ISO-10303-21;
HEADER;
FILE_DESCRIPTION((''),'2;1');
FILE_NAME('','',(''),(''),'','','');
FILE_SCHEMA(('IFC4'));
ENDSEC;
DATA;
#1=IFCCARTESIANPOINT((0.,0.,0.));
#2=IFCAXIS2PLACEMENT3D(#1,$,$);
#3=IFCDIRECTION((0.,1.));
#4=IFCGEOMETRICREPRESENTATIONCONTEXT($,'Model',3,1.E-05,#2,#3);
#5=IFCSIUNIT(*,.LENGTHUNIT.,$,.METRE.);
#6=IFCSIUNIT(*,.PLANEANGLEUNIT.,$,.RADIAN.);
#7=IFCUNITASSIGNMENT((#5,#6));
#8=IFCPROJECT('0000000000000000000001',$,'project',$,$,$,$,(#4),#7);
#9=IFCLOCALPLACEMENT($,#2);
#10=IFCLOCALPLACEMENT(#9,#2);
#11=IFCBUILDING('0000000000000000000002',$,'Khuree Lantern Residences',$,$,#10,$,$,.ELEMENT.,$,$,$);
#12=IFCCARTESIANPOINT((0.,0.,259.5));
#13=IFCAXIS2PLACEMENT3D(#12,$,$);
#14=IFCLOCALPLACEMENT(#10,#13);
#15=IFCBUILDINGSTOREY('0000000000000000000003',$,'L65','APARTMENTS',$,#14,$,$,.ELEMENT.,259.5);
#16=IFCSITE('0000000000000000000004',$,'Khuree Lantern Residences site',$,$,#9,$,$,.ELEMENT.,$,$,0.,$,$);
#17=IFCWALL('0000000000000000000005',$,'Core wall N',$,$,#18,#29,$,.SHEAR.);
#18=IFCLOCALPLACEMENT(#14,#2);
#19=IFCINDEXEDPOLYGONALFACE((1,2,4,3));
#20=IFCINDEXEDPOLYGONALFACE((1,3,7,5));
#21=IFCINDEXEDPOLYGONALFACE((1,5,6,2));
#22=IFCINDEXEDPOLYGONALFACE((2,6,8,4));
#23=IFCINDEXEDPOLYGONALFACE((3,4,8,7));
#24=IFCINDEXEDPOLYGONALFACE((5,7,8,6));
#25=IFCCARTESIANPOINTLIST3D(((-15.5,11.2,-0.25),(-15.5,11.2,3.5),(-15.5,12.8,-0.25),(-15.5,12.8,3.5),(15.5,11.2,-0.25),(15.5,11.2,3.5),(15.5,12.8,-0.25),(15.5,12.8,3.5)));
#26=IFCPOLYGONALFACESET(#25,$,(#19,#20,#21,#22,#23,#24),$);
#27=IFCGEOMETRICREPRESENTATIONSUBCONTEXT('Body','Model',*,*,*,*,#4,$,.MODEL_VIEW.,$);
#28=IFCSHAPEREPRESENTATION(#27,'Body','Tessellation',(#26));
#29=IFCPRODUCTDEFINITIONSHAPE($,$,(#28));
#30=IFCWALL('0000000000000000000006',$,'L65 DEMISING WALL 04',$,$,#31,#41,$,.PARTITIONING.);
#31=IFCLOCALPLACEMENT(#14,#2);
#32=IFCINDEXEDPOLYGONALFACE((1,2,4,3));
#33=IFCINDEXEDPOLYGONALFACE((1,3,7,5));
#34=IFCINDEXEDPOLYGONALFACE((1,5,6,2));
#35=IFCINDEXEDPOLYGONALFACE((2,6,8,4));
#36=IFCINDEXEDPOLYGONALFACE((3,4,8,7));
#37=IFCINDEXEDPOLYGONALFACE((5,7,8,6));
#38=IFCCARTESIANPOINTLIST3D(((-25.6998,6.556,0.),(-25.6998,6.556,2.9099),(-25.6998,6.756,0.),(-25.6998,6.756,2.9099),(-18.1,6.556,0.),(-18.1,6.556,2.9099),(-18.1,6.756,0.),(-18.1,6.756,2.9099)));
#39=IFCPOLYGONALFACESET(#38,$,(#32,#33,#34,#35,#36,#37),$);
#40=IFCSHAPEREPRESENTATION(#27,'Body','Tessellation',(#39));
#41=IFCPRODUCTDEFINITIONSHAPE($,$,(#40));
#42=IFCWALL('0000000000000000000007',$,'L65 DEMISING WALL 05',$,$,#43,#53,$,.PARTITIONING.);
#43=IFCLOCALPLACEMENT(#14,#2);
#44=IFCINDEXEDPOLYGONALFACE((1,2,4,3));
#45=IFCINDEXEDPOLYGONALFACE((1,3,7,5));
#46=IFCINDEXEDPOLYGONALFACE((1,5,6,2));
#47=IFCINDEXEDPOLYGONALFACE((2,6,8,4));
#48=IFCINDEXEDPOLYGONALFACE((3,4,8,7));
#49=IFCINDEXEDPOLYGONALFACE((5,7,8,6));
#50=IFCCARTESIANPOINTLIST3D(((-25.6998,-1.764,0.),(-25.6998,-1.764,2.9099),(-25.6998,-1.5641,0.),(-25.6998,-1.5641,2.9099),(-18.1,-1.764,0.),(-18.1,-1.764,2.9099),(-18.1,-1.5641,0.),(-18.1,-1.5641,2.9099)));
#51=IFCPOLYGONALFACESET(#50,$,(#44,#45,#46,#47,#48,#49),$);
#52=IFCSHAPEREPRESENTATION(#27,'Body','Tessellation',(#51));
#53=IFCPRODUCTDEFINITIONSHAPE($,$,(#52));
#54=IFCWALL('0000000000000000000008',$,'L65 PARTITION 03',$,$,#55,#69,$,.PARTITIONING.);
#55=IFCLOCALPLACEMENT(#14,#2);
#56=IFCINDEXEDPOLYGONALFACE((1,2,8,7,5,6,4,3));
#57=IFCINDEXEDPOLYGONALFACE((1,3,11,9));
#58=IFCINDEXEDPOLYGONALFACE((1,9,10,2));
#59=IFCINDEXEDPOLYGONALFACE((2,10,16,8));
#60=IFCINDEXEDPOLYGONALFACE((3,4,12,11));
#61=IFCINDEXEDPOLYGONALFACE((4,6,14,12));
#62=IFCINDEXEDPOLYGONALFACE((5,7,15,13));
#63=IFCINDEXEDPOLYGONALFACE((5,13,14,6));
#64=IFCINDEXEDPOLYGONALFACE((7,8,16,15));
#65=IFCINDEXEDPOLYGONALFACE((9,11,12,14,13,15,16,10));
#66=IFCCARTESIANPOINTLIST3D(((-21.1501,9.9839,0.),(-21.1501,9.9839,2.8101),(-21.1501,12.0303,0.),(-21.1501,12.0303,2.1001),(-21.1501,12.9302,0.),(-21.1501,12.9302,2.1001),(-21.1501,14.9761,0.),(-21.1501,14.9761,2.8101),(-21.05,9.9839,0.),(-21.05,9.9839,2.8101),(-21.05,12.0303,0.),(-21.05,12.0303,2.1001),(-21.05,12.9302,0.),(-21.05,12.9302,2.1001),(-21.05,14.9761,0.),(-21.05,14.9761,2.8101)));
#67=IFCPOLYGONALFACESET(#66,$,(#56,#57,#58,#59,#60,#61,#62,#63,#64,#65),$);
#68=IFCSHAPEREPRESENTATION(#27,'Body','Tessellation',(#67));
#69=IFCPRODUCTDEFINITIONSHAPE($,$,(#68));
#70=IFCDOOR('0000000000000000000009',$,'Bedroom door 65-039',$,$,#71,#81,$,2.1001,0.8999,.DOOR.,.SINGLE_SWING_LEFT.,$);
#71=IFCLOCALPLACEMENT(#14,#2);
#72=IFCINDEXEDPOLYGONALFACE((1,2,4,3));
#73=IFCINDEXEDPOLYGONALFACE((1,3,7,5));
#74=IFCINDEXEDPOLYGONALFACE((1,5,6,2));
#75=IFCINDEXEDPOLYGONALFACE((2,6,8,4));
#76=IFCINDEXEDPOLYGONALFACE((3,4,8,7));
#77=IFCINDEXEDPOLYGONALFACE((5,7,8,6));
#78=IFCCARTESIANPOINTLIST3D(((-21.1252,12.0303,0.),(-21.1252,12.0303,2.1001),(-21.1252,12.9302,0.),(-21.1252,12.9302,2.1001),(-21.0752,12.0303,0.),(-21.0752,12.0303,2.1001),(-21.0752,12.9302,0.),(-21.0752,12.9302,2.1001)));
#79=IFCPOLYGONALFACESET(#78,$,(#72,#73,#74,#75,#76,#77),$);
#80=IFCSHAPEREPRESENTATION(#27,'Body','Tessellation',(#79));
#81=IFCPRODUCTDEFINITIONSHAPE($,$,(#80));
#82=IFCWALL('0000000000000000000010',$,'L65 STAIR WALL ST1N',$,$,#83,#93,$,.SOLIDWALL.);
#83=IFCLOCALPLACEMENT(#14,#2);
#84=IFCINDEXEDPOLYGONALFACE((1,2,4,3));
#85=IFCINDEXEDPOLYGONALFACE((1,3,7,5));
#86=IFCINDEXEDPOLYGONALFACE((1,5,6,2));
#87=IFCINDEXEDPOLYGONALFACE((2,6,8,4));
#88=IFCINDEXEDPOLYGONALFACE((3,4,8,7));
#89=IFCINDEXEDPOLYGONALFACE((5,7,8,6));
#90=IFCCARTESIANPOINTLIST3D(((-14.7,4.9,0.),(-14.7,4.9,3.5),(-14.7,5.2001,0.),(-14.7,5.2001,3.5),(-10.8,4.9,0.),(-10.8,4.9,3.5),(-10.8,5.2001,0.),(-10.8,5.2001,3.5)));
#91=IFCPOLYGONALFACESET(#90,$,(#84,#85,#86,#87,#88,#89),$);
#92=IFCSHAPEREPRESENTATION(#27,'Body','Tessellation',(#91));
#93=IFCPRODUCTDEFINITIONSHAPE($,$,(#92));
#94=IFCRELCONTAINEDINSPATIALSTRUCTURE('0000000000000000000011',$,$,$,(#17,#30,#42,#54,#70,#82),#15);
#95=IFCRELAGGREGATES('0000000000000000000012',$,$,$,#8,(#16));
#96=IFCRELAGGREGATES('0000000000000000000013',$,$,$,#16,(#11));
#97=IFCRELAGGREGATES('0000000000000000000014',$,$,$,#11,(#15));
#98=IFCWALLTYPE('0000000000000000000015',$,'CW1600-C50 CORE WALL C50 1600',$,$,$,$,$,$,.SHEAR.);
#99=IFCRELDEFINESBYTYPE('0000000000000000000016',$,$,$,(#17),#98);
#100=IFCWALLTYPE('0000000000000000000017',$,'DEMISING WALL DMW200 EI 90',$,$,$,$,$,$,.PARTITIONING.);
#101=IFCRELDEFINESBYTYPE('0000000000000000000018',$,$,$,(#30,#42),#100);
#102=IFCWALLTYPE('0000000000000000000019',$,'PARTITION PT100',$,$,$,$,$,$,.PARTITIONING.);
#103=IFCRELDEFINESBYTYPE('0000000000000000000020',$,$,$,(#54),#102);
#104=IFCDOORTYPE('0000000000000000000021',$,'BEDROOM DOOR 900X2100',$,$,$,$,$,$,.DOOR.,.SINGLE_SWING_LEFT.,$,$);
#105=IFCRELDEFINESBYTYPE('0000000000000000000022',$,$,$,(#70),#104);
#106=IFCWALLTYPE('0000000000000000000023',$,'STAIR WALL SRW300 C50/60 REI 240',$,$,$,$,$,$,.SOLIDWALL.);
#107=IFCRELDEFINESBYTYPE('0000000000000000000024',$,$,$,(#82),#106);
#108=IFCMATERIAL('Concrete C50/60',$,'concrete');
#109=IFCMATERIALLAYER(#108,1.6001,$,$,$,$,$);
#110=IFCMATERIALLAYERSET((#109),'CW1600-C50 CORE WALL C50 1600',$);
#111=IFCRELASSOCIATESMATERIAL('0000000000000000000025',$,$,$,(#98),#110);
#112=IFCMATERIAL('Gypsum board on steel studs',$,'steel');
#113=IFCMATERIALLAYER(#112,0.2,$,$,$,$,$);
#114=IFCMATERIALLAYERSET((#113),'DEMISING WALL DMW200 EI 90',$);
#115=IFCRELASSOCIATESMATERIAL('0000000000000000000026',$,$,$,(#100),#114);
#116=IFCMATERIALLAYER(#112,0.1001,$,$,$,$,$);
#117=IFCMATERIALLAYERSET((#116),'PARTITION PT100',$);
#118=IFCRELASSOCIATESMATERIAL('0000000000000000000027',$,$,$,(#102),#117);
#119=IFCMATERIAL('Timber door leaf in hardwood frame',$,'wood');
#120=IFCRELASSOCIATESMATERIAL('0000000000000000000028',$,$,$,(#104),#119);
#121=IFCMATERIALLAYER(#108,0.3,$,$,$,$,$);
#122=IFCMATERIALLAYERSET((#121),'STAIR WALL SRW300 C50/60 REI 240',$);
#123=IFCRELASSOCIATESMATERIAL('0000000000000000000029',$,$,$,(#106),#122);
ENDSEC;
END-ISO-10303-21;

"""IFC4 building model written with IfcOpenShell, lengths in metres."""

from ifc_helpers import new_model, si_unit, direction, frame, frame_2d, origin, place, context, subcontext, project, spatial, rectangle, extrude, material, layer, layer_set, type_object, element, fill, save


model = new_model("IFC4")

# Units and contexts
model_context = context("Model", 3, precision=1e-05, world=origin(), true_north=direction((0.0, 1.0)))
body_context = subcontext(model_context, "Body", "Model", "MODEL_VIEW")
ifc_project = project(units=[si_unit("LENGTHUNIT", "METRE"), si_unit("PLANEANGLEUNIT", "RADIAN")], contexts=[model_context])

# Site, building, storey
site_placement = place(None, origin())
site = spatial("IfcSite", under=ifc_project, at=site_placement, Name="Khuree Lantern Residences site", CompositionType="ELEMENT", RefElevation=0.0)
building_placement = place(site_placement, origin())
building = spatial("IfcBuilding", under=site, at=building_placement, Name="Khuree Lantern Residences", CompositionType="ELEMENT")
storey_placement = place(building_placement, frame((0.0, 0.0, 259.5)))
storey = spatial("IfcBuildingStorey", under=building, at=storey_placement, Name="L65", Description="APARTMENTS", CompositionType="ELEMENT", Elevation=259.5)

# Shared definitions
ifc_material_1 = material(Name="Concrete C50/60", Category="concrete")

# Shared definitions
ifc_material_2 = material(Name="Timber door leaf in hardwood frame", Category="wood")

# Shared definitions
ifc_material_3 = material(Name="Gypsum board on steel studs", Category="steel")

# Walls
ifc_layer_1 = layer(ifc_material_1, 1.6001)
ifc_layer_set_1 = layer_set([ifc_layer_1], Name="CW1600-C50 CORE WALL C50 1600")
wall_type_1 = type_object("IfcWallType", Name="CW1600-C50 CORE WALL C50 1600", PredefinedType="SHEAR", material=ifc_layer_set_1)
wall_1_placement = place(storey_placement, frame((-15.5, 12.0, -0.25), z_axis=(0.0, 0.0, 1.0), x_axis=(1.0, 0.0, 0.0)))
element("IfcWall", 1, at=wall_1_placement, inside=storey, type_object=wall_type_1, Name="Core wall N", PredefinedType="SHEAR", context=body_context, shape_type="SweptSolid", body=[
    extrude(rectangle(XDim=31.0, YDim=1.6001, at=frame_2d((15.5, 0.0))), origin(), (0.0, 0.0, 1.0), 3.75),
])
ifc_layer_2 = layer(ifc_material_3, 0.2)
ifc_layer_set_2 = layer_set([ifc_layer_2], Name="DEMISING WALL DMW200 EI 90")
wall_type_2 = type_object("IfcWallType", Name="DEMISING WALL DMW200 EI 90", PredefinedType="PARTITIONING", material=ifc_layer_set_2)
for number, where, z_axis, x_axis, name in (
    (2, (-18.1001, 6.656, 0.0), (0.0, 0.0, 1.0), (-1.0, 0.0, 0.0), "L65 DEMISING WALL 04"),
    (3, (-18.1001, -1.6641, 0.0), (0.0, 0.0, 1.0), (-1.0, 0.0, 0.0), "L65 DEMISING WALL 05"),
):
    element("IfcWall", number, at=place(storey_placement, frame(where, z_axis=z_axis, x_axis=x_axis)), inside=storey, type_object=wall_type_2, Name=name, PredefinedType="PARTITIONING", context=body_context, shape_type="SweptSolid", body=[
        extrude(rectangle(XDim=7.5999, YDim=0.2, at=frame_2d((3.7998, 0.0))), origin(), (0.0, 0.0, 1.0), 2.9099),
    ])

# Wall, opening, door
ifc_layer_3 = layer(ifc_material_3, 0.1001)
ifc_layer_set_3 = layer_set([ifc_layer_3], Name="PARTITION PT100")
wall_type_3 = type_object("IfcWallType", Name="PARTITION PT100", PredefinedType="PARTITIONING", material=ifc_layer_set_3)
wall_2_placement = place(storey_placement, frame((-21.1001, 14.9761, 0.0), z_axis=(0.0, 0.0, 1.0), x_axis=(0.0, -1.0, 0.0)))
wall_2 = element("IfcWall", 4, at=wall_2_placement, inside=storey, type_object=wall_type_3, Name="L65 PARTITION 03", PredefinedType="PARTITIONING", context=body_context, shape_type="SweptSolid", body=[
    extrude(rectangle(XDim=4.9922, YDim=0.1001, at=frame_2d((2.4961, 0.0))), origin(), (0.0, 0.0, 1.0), 2.8101),
])
opening_1_placement = place(wall_2_placement, frame((2.0459, 0.0, 0.0)))
opening_1 = element("IfcOpeningElement", 5, at=opening_1_placement, cuts=wall_2, PredefinedType="OPENING", context=body_context, shape_type="SweptSolid", body=[
    extrude(rectangle(XDim=0.8999, YDim=2.1001, at=frame_2d((0.45, 1.05))), frame((0.0, 0.0601, 0.0), z_axis=(0.0, -1.0, 0.0), x_axis=(1.0, 0.0, 0.0)), (0.0, 0.0, 1.0), 0.1201),
])
door_type_1 = type_object("IfcDoorType", Name="BEDROOM DOOR 900X2100", OperationType="SINGLE_SWING_LEFT", PredefinedType="DOOR", material=ifc_material_2)
door_1_placement = place(opening_1_placement, origin())
door_1 = element("IfcDoor", 6, at=door_1_placement, inside=storey, type_object=door_type_1, Name="Bedroom door 65-039", OperationType="SINGLE_SWING_LEFT", OverallHeight=2.1001, OverallWidth=0.8999, PredefinedType="DOOR", context=body_context, shape_type="SweptSolid", body=[
    extrude(rectangle(XDim=0.8999, YDim=2.1001, at=frame_2d((0.45, 1.05))), frame((0.0, 0.0249, 0.0), z_axis=(0.0, -1.0, 0.0), x_axis=(1.0, 0.0, 0.0)), (0.0, 0.0, 1.0), 0.05),
])
fill(opening_1, door_1)

# Wall
ifc_layer_4 = layer(ifc_material_1, 0.3)
ifc_layer_set_4 = layer_set([ifc_layer_4], Name="STAIR WALL SRW300 C50/60 REI 240")
wall_type_4 = type_object("IfcWallType", Name="STAIR WALL SRW300 C50/60 REI 240", PredefinedType="SOLIDWALL", material=ifc_layer_set_4)
wall_3_placement = place(storey_placement, frame((-14.7, 5.05, 0.0), z_axis=(0.0, 0.0, 1.0), x_axis=(1.0, 0.0, 0.0)))
element("IfcWall", 7, at=wall_3_placement, inside=storey, type_object=wall_type_4, Name="L65 STAIR WALL ST1N", PredefinedType="SOLIDWALL", context=body_context, shape_type="SweptSolid", body=[
    extrude(rectangle(XDim=3.8999, YDim=0.3, at=frame_2d((1.95, 0.0))), origin(), (0.0, 0.0, 1.0), 3.5),
])

save(model, "model.ifc")
